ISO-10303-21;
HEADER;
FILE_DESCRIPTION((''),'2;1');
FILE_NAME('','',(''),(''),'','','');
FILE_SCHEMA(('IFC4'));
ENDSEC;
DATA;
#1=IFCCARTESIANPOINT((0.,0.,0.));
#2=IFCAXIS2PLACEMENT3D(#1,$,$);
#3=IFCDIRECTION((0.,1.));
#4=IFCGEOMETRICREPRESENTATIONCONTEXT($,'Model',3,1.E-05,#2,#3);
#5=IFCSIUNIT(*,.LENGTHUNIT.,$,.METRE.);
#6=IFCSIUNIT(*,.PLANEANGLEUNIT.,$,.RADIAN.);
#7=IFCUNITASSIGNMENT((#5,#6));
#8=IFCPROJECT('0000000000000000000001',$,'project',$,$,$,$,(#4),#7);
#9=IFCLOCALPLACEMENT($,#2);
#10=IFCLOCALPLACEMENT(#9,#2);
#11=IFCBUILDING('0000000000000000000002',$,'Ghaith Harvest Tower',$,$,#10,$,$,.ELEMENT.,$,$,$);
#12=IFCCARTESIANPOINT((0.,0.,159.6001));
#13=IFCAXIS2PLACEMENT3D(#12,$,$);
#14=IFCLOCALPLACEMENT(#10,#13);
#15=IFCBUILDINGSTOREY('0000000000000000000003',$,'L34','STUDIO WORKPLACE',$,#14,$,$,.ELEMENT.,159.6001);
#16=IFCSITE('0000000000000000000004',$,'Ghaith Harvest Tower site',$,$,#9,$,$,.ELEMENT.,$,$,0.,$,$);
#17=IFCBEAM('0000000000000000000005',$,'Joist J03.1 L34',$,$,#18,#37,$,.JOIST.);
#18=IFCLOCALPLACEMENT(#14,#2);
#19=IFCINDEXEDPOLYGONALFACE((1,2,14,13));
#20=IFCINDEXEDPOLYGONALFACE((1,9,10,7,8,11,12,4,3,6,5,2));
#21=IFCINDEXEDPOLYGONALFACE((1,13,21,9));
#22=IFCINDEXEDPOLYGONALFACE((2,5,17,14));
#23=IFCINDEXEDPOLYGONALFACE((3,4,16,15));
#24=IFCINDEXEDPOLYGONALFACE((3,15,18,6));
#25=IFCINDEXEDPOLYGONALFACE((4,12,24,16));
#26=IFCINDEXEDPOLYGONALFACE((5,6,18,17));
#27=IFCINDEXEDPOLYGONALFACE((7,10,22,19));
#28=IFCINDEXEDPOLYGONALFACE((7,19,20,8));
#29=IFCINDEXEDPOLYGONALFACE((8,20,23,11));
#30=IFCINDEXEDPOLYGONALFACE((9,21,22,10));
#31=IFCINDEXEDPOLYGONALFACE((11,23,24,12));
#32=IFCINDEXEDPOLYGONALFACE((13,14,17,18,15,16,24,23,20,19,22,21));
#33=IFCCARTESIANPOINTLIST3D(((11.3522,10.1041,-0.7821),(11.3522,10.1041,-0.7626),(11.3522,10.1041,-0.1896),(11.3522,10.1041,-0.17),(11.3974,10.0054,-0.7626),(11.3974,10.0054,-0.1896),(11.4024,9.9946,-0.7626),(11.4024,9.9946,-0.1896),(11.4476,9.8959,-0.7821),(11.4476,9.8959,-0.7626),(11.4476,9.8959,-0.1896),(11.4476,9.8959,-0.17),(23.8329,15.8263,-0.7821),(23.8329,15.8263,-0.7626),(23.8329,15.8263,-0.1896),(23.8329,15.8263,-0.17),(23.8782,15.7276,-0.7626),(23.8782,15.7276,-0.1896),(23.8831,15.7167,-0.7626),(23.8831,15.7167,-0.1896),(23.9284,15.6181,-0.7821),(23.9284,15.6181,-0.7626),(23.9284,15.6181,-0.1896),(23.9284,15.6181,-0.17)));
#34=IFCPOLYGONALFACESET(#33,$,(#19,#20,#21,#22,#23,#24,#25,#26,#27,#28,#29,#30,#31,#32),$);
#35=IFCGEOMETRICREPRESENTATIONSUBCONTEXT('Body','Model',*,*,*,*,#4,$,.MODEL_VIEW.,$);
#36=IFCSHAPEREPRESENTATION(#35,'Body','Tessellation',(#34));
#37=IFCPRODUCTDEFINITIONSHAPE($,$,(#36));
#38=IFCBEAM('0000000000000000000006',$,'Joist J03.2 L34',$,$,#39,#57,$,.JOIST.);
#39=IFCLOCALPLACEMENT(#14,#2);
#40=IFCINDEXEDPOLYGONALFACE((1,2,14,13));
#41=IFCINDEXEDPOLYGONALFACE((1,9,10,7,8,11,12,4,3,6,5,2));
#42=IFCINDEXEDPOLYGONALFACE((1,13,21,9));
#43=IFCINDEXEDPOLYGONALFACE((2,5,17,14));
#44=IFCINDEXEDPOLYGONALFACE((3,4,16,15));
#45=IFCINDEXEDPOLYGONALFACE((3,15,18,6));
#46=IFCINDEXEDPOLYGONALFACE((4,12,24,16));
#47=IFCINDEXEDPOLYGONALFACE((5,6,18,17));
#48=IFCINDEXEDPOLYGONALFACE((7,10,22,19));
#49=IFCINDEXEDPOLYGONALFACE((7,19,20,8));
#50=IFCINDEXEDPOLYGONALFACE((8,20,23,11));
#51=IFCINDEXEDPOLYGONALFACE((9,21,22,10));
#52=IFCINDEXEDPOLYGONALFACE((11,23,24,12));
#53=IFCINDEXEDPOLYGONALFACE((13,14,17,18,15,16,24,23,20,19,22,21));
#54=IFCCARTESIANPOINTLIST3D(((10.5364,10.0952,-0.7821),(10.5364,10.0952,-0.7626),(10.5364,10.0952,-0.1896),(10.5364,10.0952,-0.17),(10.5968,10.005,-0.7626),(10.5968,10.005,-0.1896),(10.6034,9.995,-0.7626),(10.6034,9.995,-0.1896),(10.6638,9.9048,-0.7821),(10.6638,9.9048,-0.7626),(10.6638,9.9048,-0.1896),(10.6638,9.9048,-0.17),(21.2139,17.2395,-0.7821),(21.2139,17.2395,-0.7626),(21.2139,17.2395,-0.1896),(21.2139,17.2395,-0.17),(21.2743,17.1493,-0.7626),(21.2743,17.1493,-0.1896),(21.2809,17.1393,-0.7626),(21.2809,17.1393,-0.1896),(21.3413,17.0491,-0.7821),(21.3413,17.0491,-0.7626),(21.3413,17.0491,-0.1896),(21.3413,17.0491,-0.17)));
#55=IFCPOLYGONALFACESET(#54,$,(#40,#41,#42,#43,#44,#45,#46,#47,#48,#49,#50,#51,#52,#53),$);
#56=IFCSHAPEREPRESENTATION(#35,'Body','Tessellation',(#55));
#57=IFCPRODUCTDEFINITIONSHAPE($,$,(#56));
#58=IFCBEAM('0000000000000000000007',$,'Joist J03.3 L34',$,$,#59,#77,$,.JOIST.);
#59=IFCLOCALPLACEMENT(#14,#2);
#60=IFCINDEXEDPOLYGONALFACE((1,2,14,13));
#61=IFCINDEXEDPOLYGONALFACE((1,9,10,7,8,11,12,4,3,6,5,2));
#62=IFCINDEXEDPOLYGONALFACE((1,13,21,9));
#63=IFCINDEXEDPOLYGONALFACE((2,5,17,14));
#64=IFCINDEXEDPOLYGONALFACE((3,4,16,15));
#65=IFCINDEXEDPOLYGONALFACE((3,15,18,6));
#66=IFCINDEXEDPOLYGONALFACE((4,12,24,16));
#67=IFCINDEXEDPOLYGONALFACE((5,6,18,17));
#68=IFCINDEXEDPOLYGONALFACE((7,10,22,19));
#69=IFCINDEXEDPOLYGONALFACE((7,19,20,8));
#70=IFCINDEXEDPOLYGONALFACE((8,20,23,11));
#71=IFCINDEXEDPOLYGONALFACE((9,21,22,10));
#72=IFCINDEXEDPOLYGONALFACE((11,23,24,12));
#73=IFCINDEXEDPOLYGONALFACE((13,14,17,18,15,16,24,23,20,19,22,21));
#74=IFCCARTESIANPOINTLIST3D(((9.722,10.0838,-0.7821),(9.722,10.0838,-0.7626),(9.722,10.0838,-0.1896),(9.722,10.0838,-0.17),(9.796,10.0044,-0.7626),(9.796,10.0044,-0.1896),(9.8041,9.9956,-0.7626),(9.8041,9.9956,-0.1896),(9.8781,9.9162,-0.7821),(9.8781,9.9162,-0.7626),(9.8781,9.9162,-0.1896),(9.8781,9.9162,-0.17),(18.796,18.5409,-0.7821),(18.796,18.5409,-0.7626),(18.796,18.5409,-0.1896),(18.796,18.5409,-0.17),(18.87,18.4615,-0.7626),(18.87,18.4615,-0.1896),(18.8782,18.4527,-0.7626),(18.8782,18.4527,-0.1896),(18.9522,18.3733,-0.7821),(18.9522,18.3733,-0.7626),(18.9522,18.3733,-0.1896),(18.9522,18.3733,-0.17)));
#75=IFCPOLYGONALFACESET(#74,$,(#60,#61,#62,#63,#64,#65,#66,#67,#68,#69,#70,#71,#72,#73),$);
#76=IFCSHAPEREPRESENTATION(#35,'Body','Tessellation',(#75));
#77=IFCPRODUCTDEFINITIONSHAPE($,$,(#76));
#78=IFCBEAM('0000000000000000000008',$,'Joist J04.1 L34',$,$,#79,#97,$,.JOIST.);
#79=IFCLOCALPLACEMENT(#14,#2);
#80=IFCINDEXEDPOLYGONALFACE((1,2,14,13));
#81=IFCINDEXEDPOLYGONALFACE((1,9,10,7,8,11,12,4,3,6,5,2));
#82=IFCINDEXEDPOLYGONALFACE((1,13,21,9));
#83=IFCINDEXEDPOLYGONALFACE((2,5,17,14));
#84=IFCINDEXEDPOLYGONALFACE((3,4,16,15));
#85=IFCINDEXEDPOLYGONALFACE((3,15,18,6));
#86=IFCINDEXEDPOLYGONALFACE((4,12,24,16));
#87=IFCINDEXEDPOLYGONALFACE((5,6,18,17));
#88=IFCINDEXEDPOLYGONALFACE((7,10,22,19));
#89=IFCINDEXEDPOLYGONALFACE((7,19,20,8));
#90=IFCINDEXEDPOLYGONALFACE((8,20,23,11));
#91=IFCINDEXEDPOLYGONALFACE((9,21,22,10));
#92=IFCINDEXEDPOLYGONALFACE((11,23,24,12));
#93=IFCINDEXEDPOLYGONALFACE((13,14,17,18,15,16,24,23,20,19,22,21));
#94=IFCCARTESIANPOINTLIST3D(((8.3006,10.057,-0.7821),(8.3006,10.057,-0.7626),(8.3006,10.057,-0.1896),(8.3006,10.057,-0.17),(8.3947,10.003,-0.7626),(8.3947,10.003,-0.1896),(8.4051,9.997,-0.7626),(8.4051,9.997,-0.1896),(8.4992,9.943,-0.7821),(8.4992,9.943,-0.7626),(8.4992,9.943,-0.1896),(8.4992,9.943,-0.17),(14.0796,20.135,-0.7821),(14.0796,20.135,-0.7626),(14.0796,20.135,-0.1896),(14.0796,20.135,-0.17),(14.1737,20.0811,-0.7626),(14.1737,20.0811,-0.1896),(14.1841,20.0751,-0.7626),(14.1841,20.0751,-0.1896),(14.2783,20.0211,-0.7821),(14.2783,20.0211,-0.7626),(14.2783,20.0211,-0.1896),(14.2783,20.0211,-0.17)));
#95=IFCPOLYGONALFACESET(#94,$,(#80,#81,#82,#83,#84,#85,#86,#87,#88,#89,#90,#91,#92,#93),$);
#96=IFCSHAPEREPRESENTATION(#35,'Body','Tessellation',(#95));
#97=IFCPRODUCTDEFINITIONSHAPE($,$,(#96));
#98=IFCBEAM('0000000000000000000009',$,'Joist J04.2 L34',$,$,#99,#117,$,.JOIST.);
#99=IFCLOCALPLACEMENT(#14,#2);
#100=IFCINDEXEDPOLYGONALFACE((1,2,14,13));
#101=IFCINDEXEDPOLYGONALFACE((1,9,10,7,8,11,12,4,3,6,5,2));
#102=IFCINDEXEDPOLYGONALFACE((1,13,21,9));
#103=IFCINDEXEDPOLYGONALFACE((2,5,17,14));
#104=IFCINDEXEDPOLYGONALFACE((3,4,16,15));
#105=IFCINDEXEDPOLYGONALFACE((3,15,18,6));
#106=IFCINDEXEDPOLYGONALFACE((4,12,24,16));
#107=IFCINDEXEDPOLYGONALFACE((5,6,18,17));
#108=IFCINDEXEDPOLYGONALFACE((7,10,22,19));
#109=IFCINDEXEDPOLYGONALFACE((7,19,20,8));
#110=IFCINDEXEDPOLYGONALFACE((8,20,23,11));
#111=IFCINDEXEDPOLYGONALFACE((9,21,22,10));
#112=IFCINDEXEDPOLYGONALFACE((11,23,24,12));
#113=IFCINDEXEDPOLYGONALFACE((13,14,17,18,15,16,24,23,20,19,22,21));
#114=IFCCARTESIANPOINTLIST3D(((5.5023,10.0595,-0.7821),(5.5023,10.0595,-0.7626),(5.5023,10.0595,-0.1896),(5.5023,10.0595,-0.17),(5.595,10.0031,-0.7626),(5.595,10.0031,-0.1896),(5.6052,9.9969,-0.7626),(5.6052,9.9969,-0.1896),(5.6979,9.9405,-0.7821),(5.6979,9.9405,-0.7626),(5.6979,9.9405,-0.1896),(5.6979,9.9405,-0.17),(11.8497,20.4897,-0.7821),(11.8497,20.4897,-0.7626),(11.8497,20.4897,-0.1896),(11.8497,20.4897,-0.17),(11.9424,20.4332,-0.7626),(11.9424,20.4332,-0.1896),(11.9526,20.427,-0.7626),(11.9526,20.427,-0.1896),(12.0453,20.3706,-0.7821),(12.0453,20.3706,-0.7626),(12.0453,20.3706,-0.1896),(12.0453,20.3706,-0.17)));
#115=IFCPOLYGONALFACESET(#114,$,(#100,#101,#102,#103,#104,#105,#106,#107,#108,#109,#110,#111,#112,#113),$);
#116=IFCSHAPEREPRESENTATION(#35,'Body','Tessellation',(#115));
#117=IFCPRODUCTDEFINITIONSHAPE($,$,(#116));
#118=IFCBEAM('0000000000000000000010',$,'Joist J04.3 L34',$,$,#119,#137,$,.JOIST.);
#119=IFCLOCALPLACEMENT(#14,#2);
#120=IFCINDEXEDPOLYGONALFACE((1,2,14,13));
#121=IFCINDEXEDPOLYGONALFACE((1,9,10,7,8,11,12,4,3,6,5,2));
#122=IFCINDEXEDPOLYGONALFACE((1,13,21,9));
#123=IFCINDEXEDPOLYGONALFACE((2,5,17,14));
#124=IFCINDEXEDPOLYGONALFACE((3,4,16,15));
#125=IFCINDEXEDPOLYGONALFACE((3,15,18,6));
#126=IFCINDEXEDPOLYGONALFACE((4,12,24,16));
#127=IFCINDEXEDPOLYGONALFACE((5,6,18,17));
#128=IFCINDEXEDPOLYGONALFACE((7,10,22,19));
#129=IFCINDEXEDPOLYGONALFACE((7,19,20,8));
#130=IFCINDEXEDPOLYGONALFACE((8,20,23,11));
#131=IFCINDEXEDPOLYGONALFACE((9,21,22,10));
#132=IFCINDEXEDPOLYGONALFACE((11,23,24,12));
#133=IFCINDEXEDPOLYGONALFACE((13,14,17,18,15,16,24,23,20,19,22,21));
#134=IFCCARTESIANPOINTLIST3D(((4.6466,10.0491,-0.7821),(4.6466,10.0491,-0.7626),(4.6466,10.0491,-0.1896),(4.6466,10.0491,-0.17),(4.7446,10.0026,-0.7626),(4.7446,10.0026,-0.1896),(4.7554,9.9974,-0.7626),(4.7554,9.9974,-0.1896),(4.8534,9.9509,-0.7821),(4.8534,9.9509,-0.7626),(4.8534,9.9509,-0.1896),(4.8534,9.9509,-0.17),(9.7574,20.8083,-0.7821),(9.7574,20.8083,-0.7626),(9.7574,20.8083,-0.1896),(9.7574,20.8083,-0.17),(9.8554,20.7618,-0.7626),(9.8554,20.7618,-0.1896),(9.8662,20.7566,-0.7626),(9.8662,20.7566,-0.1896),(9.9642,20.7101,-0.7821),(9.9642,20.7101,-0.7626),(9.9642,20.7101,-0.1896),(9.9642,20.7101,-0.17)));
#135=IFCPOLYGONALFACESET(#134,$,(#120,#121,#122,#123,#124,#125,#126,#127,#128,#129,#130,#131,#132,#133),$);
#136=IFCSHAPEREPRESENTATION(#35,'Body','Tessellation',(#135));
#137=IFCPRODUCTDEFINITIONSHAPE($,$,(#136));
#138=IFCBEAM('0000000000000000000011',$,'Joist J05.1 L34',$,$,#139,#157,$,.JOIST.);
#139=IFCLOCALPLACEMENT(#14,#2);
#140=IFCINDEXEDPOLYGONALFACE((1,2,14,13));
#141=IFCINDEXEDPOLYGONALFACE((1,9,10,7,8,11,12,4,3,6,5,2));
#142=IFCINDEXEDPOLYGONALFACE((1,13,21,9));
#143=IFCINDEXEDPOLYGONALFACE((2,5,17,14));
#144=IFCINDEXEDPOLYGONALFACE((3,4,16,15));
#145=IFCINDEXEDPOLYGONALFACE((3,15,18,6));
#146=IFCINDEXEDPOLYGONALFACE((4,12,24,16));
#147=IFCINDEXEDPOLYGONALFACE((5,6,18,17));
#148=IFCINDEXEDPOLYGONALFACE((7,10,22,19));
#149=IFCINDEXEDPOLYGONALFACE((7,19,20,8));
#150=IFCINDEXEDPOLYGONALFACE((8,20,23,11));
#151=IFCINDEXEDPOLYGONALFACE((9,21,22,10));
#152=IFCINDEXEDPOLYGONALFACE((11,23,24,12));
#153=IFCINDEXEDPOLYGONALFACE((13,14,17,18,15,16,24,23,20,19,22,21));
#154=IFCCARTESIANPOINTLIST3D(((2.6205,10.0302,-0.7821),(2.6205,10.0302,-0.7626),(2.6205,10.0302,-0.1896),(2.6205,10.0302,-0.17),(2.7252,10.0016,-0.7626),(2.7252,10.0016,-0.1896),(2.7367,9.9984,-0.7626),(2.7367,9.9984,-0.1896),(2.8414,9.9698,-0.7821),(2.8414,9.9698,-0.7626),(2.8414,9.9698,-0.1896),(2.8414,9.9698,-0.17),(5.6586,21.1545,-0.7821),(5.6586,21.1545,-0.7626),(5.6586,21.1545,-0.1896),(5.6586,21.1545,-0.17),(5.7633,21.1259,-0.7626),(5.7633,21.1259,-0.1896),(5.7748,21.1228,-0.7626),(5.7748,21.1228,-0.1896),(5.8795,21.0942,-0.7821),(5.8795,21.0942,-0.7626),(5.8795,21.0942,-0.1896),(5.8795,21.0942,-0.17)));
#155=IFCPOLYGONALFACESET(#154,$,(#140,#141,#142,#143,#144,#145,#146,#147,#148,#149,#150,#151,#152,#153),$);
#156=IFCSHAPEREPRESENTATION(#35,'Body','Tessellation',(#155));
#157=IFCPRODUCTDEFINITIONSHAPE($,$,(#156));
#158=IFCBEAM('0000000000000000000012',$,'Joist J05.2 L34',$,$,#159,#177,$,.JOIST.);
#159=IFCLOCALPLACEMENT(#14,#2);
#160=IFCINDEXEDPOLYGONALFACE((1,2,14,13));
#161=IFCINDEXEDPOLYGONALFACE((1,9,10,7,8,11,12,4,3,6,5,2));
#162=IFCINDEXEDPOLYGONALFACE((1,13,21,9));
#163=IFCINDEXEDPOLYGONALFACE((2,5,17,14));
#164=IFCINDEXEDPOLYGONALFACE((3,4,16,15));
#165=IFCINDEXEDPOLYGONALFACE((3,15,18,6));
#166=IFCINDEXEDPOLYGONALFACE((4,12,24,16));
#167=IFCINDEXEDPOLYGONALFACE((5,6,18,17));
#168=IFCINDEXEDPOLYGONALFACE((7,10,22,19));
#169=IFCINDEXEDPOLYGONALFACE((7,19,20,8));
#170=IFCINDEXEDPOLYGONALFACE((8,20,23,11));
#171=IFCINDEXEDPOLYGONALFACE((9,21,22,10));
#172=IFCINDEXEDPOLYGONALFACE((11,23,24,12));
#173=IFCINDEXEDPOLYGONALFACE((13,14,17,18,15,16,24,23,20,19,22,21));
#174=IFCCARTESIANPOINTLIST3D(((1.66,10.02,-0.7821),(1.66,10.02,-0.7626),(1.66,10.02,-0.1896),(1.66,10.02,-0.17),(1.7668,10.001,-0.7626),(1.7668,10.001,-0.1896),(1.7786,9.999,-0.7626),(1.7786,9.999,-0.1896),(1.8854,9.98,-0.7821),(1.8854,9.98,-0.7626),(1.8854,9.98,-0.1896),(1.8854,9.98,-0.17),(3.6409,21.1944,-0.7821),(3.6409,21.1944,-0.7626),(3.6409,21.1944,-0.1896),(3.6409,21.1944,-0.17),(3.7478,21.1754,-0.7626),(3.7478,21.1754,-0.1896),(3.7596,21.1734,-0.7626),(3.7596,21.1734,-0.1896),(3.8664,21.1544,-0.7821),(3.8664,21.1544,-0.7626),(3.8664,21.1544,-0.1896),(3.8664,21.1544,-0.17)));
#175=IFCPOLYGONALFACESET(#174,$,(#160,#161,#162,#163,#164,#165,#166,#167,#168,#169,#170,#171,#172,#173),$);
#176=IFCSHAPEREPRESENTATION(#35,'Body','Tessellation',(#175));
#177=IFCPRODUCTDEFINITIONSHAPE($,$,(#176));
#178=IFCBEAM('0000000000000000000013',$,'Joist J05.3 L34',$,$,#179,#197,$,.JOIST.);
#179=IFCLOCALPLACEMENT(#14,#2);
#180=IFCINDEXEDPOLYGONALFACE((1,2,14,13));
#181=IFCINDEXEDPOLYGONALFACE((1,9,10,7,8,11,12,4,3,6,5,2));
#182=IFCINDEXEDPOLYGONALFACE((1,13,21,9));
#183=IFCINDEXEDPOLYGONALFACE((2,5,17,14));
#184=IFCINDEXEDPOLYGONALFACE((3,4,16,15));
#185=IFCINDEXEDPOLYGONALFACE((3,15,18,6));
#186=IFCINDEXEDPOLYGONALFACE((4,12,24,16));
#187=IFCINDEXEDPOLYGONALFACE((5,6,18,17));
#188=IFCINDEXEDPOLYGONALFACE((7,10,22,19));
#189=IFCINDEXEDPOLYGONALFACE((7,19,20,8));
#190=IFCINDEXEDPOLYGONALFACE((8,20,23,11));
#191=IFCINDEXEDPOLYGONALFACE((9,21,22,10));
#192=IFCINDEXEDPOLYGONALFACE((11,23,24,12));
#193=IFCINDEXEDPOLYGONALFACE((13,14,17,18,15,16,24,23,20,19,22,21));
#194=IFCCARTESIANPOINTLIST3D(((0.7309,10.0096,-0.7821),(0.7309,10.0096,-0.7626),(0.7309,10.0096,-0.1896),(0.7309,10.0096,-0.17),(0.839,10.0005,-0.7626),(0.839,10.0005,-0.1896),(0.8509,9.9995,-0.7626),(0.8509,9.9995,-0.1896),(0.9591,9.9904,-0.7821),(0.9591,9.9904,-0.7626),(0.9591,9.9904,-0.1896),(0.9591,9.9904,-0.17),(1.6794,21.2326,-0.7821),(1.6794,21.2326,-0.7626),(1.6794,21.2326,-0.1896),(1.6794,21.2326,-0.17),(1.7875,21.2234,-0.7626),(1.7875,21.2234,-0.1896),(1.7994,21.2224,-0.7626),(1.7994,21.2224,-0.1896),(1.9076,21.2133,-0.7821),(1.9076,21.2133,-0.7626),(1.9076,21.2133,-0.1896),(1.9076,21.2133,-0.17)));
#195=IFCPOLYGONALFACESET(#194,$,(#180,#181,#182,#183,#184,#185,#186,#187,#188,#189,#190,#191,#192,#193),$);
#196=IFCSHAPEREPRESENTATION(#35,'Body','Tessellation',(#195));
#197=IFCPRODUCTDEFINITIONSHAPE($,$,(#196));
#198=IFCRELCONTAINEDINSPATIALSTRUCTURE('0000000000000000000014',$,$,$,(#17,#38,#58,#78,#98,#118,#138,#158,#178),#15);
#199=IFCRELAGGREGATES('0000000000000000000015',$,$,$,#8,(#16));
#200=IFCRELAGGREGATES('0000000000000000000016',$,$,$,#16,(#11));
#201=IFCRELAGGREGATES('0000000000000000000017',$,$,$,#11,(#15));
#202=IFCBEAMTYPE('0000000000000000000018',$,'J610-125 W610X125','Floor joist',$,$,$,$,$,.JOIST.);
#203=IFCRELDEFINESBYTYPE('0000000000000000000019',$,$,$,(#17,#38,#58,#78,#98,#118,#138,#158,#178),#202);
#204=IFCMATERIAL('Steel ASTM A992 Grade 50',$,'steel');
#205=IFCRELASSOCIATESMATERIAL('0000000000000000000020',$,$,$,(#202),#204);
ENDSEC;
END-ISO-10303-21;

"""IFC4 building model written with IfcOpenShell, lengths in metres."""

from ifc_helpers import new_model, si_unit, direction, frame, origin, origin_2d, place, context, subcontext, project, spatial, i_section, extrude, material, material_profile, profile_set, type_object, element, save


model = new_model("IFC4")

# Units and contexts
model_context = context("Model", 3, precision=1e-05, world=origin(), true_north=direction((0.0, 1.0)))
body_context = subcontext(model_context, "Body", "Model", "MODEL_VIEW")
ifc_project = project(units=[si_unit("LENGTHUNIT", "METRE"), si_unit("PLANEANGLEUNIT", "RADIAN")], contexts=[model_context])

# Site, building, storey
site_placement = place(None, origin())
site = spatial("IfcSite", under=ifc_project, at=site_placement, Name="Ghaith Harvest Tower site", CompositionType="ELEMENT", RefElevation=0.0)
building_placement = place(site_placement, origin())
building = spatial("IfcBuilding", under=site, at=building_placement, Name="Ghaith Harvest Tower", CompositionType="ELEMENT")
storey_placement = place(building_placement, frame((0.0, 0.0, 159.6001)))
storey = spatial("IfcBuildingStorey", under=building, at=storey_placement, Name="L34", Description="STUDIO WORKPLACE", CompositionType="ELEMENT", Elevation=159.6001)

# Beams
ifc_material_1 = material(Name="Steel ASTM A992 Grade 50", Category="steel")
ifc_material_profile_1 = material_profile(ifc_material_1, i_section(OverallWidth=0.229, OverallDepth=0.6121, WebThickness=0.012, FlangeThickness=0.0195, at=origin_2d()), Name="W610X125")
ifc_profile_set_1 = profile_set([ifc_material_profile_1], Name="Steel ASTM A992 Grade 50")
beam_type_1 = type_object("IfcBeamType", Name="J610-125 W610X125", Description="Floor joist", PredefinedType="JOIST", material=ifc_profile_set_1)
beam_1_placement = place(storey_placement, frame((11.3999, 10.0, -0.4761), z_axis=(0.909014, 0.416766, 0.0), x_axis=(-0.416766, 0.909014, 0.0)))
element("IfcBeam", 1, at=beam_1_placement, inside=storey, type_object=beam_type_1, Name="Joist J03.1 L34", PredefinedType="JOIST", context=body_context, shape_type="SweptSolid", body=[
    extrude(i_section(OverallWidth=0.229, OverallDepth=0.6121, WebThickness=0.012, FlangeThickness=0.0195, at=origin_2d()), origin(), (0.0, 0.0, 1.0), 13.73),
])
beam_2_placement = place(storey_placement, frame((10.6001, 10.0, -0.4761), z_axis=(0.831116, 0.556098, 0.0), x_axis=(-0.556098, 0.831116, 0.0)))
element("IfcBeam", 2, at=beam_2_placement, inside=storey, type_object=beam_type_1, Name="Joist J03.2 L34", PredefinedType="JOIST", context=body_context, shape_type="SweptSolid", body=[
    extrude(i_section(OverallWidth=0.229, OverallDepth=0.6121, WebThickness=0.012, FlangeThickness=0.0195, at=origin_2d()), origin(), (0.0, 0.0, 1.0), 12.8472),
])
beam_3_placement = place(storey_placement, frame((9.8, 10.0, -0.4761), z_axis=(0.731538, 0.681801, 0.0), x_axis=(-0.681801, 0.731538, 0.0)))
element("IfcBeam", 3, at=beam_3_placement, inside=storey, type_object=beam_type_1, Name="Joist J03.3 L34", PredefinedType="JOIST", context=body_context, shape_type="SweptSolid", body=[
    extrude(i_section(OverallWidth=0.229, OverallDepth=0.6121, WebThickness=0.012, FlangeThickness=0.0195, at=origin_2d()), origin(), (0.0, 0.0, 1.0), 12.4041),
])
beam_4_placement = place(storey_placement, frame((8.3999, 10.0, -0.4761), z_axis=(0.497444, 0.867496, 0.0), x_axis=(-0.867496, 0.497444, 0.0)))
element("IfcBeam", 4, at=beam_4_placement, inside=storey, type_object=beam_type_1, Name="Joist J04.1 L34", PredefinedType="JOIST", context=body_context, shape_type="SweptSolid", body=[
    extrude(i_section(OverallWidth=0.229, OverallDepth=0.6121, WebThickness=0.012, FlangeThickness=0.0195, at=origin_2d()), origin(), (0.0, 0.0, 1.0), 11.6174),
])
beam_5_placement = place(storey_placement, frame((5.6001, 10.0, -0.4761), z_axis=(0.519864, 0.854249, 0.0), x_axis=(-0.854249, 0.519864, 0.0)))
element("IfcBeam", 5, at=beam_5_placement, inside=storey, type_object=beam_type_1, Name="Joist J04.2 L34", PredefinedType="JOIST", context=body_context, shape_type="SweptSolid", body=[
    extrude(i_section(OverallWidth=0.229, OverallDepth=0.6121, WebThickness=0.012, FlangeThickness=0.0195, at=origin_2d()), origin(), (0.0, 0.0, 1.0), 12.2097),
])
beam_6_placement = place(storey_placement, frame((4.75, 10.0, -0.4761), z_axis=(0.429069, 0.903272, 0.0), x_axis=(-0.903272, 0.429069, 0.0)))
element("IfcBeam", 6, at=beam_6_placement, inside=storey, type_object=beam_type_1, Name="Joist J04.3 L34", PredefinedType="JOIST", context=body_context, shape_type="SweptSolid", body=[
    extrude(i_section(OverallWidth=0.229, OverallDepth=0.6121, WebThickness=0.012, FlangeThickness=0.0195, at=origin_2d()), origin(), (0.0, 0.0, 1.0), 11.9114),
])
beam_7_placement = place(storey_placement, frame((2.731, 10.0, -0.4761), z_axis=(0.263456, 0.964671, 0.0), x_axis=(-0.964671, 0.263456, 0.0)))
element("IfcBeam", 7, at=beam_7_placement, inside=storey, type_object=beam_type_1, Name="Joist J05.1 L34", PredefinedType="JOIST", context=body_context, shape_type="SweptSolid", body=[
    extrude(i_section(OverallWidth=0.229, OverallDepth=0.6121, WebThickness=0.012, FlangeThickness=0.0195, at=origin_2d()), origin(), (0.0, 0.0, 1.0), 11.5317),
])
beam_8_placement = place(storey_placement, frame((1.7727, 10.0, -0.4761), z_axis=(0.174556, 0.984647, 0.0), x_axis=(-0.984647, 0.174556, 0.0)))
element("IfcBeam", 8, at=beam_8_placement, inside=storey, type_object=beam_type_1, Name="Joist J05.2 L34", PredefinedType="JOIST", context=body_context, shape_type="SweptSolid", body=[
    extrude(i_section(OverallWidth=0.229, OverallDepth=0.6121, WebThickness=0.012, FlangeThickness=0.0195, at=origin_2d()), origin(), (0.0, 0.0, 1.0), 11.3486),
])
beam_9_placement = place(storey_placement, frame((0.845, 10.0, -0.4761), z_axis=(0.084213, 0.996448, 0.0), x_axis=(-0.996448, 0.084213, 0.0)))
element("IfcBeam", 9, at=beam_9_placement, inside=storey, type_object=beam_type_1, Name="Joist J05.3 L34", PredefinedType="JOIST", context=body_context, shape_type="SweptSolid", body=[
    extrude(i_section(OverallWidth=0.229, OverallDepth=0.6121, WebThickness=0.012, FlangeThickness=0.0195, at=origin_2d()), origin(), (0.0, 0.0, 1.0), 11.2629),
])

save(model, "model.ifc")
